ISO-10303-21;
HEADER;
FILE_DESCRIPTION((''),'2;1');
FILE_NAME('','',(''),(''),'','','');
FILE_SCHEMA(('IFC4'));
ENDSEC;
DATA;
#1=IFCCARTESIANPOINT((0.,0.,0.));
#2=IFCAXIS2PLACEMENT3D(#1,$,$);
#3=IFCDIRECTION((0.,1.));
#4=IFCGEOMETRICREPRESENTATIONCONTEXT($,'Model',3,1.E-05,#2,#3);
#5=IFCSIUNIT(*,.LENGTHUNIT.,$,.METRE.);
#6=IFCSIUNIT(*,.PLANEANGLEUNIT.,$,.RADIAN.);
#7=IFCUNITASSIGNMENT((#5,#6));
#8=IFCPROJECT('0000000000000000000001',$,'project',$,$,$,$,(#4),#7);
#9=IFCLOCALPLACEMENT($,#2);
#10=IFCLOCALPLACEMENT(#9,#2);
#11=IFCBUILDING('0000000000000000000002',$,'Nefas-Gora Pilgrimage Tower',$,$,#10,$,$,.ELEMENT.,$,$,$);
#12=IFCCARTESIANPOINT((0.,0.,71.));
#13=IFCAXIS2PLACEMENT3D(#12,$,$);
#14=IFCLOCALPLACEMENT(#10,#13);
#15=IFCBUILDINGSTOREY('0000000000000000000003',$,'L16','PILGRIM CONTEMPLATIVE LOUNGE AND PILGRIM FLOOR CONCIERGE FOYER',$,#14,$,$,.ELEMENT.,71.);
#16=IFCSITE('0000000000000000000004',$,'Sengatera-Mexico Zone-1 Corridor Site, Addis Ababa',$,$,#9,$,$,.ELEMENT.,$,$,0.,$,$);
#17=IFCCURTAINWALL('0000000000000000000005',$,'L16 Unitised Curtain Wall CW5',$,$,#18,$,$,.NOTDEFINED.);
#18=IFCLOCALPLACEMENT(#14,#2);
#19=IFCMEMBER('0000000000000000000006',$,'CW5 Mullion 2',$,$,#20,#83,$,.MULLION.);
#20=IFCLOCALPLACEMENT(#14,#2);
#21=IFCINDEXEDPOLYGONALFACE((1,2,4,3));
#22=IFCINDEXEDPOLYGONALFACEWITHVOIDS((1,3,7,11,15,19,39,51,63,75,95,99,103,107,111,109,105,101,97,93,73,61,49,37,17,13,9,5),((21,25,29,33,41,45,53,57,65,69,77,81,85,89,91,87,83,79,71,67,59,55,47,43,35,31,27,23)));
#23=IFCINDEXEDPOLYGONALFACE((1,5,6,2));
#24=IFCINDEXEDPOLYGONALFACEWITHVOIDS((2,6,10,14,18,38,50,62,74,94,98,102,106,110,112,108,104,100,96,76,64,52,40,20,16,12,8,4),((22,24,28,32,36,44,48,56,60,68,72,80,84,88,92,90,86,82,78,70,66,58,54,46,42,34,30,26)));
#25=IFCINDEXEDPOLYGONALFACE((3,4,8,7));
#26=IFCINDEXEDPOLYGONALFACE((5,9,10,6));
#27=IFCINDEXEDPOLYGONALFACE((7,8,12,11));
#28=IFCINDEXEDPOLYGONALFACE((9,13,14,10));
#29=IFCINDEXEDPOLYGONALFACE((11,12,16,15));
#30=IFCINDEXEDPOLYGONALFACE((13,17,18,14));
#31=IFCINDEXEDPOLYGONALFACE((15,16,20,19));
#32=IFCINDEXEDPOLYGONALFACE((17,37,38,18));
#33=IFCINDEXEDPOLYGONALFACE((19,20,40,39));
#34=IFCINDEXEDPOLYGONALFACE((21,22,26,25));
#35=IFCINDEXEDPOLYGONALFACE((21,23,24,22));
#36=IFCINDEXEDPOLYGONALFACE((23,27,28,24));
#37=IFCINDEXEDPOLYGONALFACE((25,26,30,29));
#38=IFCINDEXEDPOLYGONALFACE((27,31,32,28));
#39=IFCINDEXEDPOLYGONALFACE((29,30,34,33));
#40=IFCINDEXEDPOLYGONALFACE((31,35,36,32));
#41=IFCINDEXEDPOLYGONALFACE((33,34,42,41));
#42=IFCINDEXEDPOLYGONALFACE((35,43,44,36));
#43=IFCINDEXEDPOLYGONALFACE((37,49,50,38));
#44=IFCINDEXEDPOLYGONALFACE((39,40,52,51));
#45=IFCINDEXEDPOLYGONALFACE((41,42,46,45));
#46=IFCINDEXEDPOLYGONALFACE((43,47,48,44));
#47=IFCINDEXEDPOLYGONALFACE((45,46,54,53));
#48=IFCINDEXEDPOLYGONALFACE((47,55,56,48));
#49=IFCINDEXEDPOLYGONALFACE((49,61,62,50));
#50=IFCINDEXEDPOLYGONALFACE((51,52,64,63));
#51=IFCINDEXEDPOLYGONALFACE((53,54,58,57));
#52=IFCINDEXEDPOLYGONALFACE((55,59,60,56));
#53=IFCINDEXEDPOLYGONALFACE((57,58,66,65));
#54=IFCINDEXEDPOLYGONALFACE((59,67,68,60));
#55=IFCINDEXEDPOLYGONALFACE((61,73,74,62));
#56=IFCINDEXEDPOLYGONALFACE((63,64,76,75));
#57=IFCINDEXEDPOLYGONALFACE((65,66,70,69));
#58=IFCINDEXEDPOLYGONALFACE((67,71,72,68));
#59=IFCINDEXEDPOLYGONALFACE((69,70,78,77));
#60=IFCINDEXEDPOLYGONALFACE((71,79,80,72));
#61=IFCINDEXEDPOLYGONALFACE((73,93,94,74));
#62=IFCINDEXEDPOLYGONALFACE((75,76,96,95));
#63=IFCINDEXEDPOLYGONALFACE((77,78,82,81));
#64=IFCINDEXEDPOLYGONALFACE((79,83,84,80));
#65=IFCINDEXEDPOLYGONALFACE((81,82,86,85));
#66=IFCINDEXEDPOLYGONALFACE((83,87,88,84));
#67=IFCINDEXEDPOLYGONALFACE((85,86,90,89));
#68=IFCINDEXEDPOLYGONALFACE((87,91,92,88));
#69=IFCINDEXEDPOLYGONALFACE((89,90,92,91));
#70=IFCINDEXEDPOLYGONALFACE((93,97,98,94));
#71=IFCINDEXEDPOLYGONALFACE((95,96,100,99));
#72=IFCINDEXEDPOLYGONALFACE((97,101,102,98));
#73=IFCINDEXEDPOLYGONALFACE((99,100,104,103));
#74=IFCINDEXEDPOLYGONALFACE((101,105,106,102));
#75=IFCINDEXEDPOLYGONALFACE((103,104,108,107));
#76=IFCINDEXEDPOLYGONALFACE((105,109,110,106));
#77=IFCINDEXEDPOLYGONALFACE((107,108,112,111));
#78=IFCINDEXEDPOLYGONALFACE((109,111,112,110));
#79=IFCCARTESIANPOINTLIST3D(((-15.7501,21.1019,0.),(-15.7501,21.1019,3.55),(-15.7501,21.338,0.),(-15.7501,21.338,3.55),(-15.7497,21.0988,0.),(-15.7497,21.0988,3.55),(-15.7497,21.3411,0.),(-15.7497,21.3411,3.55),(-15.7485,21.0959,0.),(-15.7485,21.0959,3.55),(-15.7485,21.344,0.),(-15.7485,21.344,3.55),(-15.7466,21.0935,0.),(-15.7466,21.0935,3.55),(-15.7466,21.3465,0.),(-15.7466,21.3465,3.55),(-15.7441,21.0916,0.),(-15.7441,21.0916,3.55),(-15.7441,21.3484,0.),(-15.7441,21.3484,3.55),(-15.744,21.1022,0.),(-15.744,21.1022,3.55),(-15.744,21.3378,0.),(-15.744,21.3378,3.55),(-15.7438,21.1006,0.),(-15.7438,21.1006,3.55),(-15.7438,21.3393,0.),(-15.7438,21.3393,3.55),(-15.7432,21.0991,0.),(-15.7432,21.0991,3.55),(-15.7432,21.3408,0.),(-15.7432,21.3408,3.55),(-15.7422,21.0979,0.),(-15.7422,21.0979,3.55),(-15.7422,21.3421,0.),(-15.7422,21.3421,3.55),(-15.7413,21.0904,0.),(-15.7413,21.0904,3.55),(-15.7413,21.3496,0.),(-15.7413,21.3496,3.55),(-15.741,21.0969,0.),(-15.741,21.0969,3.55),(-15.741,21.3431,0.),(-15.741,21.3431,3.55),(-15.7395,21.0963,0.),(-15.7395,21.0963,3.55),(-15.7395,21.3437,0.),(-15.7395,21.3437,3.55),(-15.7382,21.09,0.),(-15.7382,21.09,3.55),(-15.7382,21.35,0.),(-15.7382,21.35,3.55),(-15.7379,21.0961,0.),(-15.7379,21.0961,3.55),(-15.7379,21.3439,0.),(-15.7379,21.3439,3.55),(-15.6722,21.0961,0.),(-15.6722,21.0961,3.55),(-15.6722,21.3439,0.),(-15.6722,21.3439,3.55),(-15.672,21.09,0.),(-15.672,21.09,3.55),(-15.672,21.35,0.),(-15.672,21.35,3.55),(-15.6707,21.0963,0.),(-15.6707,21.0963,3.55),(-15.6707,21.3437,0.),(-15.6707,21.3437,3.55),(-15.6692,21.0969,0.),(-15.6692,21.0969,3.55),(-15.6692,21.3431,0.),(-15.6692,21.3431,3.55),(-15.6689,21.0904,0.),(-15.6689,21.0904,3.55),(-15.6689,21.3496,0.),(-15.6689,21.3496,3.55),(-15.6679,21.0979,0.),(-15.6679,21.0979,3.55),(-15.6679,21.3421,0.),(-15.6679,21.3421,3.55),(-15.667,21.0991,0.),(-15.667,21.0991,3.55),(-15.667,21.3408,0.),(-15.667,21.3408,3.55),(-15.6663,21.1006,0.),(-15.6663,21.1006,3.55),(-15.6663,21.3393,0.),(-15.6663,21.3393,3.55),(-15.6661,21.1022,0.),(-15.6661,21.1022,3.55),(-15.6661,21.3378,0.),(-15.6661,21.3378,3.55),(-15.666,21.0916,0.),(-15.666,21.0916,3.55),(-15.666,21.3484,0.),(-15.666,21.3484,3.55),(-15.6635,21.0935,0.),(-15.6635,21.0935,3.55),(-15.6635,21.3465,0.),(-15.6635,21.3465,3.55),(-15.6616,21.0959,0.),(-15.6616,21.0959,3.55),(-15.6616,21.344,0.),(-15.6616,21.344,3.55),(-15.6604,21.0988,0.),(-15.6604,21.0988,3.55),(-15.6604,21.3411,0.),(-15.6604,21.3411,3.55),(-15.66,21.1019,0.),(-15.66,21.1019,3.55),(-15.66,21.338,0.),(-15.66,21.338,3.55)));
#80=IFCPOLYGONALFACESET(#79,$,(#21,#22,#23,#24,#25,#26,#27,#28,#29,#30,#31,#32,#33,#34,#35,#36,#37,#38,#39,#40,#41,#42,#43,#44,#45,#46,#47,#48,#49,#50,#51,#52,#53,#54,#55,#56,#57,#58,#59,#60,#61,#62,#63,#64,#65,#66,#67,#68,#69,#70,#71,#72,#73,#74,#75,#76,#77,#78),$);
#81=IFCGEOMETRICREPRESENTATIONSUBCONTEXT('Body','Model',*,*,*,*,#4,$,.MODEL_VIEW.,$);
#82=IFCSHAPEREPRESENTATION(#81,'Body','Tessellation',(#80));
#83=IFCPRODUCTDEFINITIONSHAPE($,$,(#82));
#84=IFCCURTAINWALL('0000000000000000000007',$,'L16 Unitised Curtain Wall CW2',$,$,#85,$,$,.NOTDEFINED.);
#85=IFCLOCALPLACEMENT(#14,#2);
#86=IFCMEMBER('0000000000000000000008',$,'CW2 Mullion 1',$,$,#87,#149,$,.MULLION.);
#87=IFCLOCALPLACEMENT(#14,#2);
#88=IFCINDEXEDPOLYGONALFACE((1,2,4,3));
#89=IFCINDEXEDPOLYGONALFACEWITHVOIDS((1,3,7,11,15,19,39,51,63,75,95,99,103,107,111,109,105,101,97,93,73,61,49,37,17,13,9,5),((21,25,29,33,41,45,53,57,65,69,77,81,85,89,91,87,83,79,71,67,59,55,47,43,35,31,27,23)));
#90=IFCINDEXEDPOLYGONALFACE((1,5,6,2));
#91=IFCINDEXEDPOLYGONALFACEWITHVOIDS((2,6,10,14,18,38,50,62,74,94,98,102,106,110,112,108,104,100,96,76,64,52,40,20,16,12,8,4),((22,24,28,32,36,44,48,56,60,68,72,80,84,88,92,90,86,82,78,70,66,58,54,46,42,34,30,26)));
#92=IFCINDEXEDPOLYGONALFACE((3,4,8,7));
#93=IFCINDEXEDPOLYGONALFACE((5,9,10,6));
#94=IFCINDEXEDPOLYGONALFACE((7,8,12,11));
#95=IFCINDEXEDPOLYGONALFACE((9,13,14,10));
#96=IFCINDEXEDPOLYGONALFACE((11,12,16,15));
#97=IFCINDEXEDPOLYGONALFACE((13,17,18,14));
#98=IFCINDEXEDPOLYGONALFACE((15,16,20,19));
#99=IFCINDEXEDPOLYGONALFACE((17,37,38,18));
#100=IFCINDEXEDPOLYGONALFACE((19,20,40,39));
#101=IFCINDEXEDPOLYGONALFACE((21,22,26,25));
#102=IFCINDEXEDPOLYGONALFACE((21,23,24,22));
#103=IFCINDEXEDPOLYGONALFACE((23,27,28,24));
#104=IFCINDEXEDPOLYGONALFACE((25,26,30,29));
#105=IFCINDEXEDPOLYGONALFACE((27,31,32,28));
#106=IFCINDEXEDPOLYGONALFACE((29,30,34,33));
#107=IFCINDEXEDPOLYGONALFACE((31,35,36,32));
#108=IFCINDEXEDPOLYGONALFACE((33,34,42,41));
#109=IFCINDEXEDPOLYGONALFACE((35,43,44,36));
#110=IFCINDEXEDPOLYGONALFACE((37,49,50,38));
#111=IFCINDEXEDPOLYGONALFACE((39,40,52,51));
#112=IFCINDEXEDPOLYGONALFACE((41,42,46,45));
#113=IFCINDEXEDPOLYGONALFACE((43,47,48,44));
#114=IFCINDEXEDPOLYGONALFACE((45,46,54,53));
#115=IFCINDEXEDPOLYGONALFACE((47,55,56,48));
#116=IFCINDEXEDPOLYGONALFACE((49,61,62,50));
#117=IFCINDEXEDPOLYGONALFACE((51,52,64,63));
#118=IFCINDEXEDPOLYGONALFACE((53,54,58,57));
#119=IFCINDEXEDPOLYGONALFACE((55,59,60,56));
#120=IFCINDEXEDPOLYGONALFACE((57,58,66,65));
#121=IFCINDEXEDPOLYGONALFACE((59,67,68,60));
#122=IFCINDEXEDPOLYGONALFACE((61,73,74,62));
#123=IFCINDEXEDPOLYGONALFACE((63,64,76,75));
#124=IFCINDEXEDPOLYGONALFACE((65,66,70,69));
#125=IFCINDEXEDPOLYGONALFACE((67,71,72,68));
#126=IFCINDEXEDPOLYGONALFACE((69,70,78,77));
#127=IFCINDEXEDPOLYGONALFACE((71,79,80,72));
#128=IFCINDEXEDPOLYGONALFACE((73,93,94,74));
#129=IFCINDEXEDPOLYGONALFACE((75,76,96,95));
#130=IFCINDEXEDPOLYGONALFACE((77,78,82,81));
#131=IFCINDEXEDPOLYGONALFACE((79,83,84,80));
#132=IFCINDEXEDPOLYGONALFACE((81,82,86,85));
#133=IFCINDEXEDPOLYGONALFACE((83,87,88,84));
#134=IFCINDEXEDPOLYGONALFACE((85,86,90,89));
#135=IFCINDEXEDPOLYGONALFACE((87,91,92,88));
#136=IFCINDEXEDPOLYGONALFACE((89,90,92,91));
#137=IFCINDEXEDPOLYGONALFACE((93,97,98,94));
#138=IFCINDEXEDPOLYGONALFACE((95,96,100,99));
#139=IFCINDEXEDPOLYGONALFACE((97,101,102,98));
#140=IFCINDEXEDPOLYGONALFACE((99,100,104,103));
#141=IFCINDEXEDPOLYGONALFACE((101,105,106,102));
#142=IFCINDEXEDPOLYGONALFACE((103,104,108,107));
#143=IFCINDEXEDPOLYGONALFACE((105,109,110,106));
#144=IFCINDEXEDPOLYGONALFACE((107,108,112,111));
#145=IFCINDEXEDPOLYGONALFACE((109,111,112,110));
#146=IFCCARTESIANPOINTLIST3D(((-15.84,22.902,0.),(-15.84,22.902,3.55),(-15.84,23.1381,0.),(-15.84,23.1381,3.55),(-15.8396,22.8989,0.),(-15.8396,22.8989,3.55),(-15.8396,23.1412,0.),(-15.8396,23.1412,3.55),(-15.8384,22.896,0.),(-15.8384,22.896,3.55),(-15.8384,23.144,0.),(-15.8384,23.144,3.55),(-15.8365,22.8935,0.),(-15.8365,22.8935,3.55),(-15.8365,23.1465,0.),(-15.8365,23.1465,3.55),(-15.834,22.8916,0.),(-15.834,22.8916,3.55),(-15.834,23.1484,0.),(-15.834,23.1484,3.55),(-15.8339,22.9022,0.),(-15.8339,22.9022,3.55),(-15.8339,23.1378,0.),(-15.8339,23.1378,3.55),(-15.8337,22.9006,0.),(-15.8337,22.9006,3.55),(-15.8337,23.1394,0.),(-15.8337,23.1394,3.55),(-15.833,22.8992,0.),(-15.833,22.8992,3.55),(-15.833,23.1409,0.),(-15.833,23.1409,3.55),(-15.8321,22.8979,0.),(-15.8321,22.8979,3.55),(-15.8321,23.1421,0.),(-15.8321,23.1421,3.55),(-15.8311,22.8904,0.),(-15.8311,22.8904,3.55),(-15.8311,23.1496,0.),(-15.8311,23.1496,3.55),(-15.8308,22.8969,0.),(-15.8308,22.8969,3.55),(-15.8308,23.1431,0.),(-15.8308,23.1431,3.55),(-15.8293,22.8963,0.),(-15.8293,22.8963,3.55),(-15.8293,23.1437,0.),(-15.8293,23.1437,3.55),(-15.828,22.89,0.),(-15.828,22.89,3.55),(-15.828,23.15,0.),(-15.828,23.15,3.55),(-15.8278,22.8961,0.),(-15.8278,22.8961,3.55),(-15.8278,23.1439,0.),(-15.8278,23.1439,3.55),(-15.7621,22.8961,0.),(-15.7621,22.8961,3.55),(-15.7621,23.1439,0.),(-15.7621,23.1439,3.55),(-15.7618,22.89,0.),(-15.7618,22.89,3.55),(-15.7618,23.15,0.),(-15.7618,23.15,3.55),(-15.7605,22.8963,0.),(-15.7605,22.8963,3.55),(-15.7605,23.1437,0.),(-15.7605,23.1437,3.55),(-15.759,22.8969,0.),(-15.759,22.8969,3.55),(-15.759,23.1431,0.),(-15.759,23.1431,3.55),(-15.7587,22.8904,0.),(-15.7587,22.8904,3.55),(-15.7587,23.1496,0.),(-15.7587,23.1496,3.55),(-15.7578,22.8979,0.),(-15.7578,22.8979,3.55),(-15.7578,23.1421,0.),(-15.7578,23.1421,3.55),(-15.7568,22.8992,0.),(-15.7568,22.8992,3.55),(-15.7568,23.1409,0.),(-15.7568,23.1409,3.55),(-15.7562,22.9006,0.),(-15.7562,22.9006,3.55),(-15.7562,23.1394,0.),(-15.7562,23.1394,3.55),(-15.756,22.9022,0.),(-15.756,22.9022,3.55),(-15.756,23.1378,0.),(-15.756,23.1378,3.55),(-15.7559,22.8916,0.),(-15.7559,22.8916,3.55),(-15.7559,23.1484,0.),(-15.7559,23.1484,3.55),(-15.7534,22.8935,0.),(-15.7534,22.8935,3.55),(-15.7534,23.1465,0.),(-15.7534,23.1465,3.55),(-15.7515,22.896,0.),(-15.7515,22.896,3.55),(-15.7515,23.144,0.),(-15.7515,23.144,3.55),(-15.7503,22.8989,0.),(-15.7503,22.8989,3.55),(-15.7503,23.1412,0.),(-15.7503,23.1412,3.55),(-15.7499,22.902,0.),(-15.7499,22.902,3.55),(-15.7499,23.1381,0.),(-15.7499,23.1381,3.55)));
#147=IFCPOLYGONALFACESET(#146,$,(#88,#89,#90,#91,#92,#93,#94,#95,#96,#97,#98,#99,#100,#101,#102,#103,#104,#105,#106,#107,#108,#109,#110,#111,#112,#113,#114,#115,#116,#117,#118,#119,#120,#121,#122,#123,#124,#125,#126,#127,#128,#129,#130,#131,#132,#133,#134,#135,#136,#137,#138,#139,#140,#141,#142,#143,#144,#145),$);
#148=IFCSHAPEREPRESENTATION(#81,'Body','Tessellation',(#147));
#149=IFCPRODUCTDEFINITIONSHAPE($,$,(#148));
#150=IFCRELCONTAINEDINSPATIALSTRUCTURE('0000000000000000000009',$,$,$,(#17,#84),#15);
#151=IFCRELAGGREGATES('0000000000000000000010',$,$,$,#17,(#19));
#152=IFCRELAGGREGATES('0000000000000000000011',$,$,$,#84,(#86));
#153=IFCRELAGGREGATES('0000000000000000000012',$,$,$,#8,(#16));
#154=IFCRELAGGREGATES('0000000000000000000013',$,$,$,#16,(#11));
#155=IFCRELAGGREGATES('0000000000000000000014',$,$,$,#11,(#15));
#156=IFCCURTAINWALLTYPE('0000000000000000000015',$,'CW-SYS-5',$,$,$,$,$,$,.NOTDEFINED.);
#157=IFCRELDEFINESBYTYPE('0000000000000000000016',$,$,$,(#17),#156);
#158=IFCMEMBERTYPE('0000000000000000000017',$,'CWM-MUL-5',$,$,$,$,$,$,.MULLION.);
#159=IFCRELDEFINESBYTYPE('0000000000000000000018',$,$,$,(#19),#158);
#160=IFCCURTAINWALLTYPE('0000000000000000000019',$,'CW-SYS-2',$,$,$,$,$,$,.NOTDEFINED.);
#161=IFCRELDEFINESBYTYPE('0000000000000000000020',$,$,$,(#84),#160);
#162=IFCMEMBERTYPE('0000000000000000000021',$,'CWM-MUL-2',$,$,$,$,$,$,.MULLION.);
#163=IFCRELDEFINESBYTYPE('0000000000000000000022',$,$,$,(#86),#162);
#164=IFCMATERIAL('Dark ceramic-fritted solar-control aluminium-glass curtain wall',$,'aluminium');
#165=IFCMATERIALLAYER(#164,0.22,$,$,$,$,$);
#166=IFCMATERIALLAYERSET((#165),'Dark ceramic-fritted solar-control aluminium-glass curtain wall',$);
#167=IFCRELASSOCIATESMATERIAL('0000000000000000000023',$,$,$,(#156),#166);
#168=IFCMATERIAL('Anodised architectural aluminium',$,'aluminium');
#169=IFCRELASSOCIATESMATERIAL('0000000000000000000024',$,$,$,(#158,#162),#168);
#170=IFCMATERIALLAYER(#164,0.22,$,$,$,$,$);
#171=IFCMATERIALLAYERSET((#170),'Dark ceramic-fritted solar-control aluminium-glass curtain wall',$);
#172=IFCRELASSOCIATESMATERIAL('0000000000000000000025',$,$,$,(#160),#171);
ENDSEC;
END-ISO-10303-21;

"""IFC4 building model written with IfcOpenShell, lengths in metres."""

from ifc_helpers import new_model, si_unit, direction, frame, origin, origin_2d, place, context, subcontext, project, spatial, hollow_rectangle, extrude, source, transform, mapped, material, layer, layer_set, material_profile, profile_set, type_object, element, aggregate, save


model = new_model("IFC4")

# Units and contexts
model_context = context("Model", 3, precision=1e-05, world=origin(), true_north=direction((0.0, 1.0)))
body_context = subcontext(model_context, "Body", "Model", "MODEL_VIEW")
ifc_project = project(units=[si_unit("LENGTHUNIT", "METRE"), si_unit("PLANEANGLEUNIT", "RADIAN")], contexts=[model_context])

# Site, building, storey
site_placement = place(None, origin())
site = spatial("IfcSite", under=ifc_project, at=site_placement, Name="Sengatera-Mexico Zone-1 Corridor Site, Addis Ababa", CompositionType="ELEMENT", RefElevation=0.0)
building_placement = place(site_placement, origin())
building = spatial("IfcBuilding", under=site, at=building_placement, Name="Nefas-Gora Pilgrimage Tower", CompositionType="ELEMENT")
storey_placement = place(building_placement, frame((0.0, 0.0, 71.0)))
storey = spatial("IfcBuildingStorey", under=building, at=storey_placement, Name="L16", Description="PILGRIM CONTEMPLATIVE LOUNGE AND PILGRIM FLOOR CONCIERGE FOYER", CompositionType="ELEMENT", Elevation=71.0)

# Curtain wall, member
ifc_material_1 = material(Name="Dark ceramic-fritted solar-control aluminium-glass curtain wall", Category="aluminium")
ifc_layer_1 = layer(ifc_material_1, 0.22)
ifc_layer_set_1 = layer_set([ifc_layer_1], Name="Dark ceramic-fritted solar-control aluminium-glass curtain wall")
curtain_wall_type_1 = type_object("IfcCurtainWallType", Name="CW-SYS-5", PredefinedType="NOTDEFINED", material=ifc_layer_set_1)
curtain_wall_1_placement = place(storey_placement, origin())
curtain_wall_1 = element("IfcCurtainWall", 1, at=curtain_wall_1_placement, inside=storey, type_object=curtain_wall_type_1, Name="L16 Unitised Curtain Wall CW5", PredefinedType="NOTDEFINED")
ifc_material_2 = material(Name="Anodised architectural aluminium", Category="aluminium")
ifc_material_profile_1 = material_profile(ifc_material_2, hollow_rectangle(XDim=0.0901, YDim=0.26, WallThickness=0.0061, InnerFilletRadius=0.0061, OuterFilletRadius=0.012, at=origin_2d()), Name="ALU MULLION 90x260")
ifc_profile_set_1 = profile_set([ifc_material_profile_1], Name="Anodised architectural aluminium")
member_type_1 = type_object("IfcMemberType", Name="CWM-MUL-5", PredefinedType="MULLION", material=ifc_profile_set_1)
shared_shape_1 = source(origin(), body_context, "Body", "SweptSolid", [
    extrude(hollow_rectangle(XDim=0.0901, YDim=0.26, WallThickness=0.0061, InnerFilletRadius=0.0061, OuterFilletRadius=0.012, at=origin_2d()), origin(), (0.0, 0.0, 1.0), 3.55),
])
member_1_placement = place(storey_placement, frame((-15.7051, 21.22, 0.0), z_axis=(0.0, 0.0, 1.0), x_axis=(-1.0, 0.0, 0.0)))
member_1 = element("IfcMember", 2, at=member_1_placement, type_object=member_type_1, Name="CW5 Mullion 2", PredefinedType="MULLION", context=body_context, shape_type="MappedRepresentation", body=[
    mapped(shared_shape_1, transform((0.0, 0.0, 0.0), x_axis=(1.0, 0.0, 0.0), y_axis=(0.0, 1.0, 0.0), z_axis=(0.0, 0.0, 1.0), scale=1.0)),
])

# Curtain wall, member
ifc_layer_2 = layer(ifc_material_1, 0.22)
ifc_layer_set_2 = layer_set([ifc_layer_2], Name="Dark ceramic-fritted solar-control aluminium-glass curtain wall")
curtain_wall_type_2 = type_object("IfcCurtainWallType", Name="CW-SYS-2", PredefinedType="NOTDEFINED", material=ifc_layer_set_2)
curtain_wall_2_placement = place(storey_placement, origin())
curtain_wall_2 = element("IfcCurtainWall", 3, at=curtain_wall_2_placement, inside=storey, type_object=curtain_wall_type_2, Name="L16 Unitised Curtain Wall CW2", PredefinedType="NOTDEFINED")
ifc_material_profile_2 = material_profile(ifc_material_2, hollow_rectangle(XDim=0.0901, YDim=0.26, WallThickness=0.0061, InnerFilletRadius=0.0061, OuterFilletRadius=0.012, at=origin_2d()), Name="ALU MULLION 90x260")
ifc_profile_set_2 = profile_set([ifc_material_profile_2], Name="Anodised architectural aluminium")
member_type_2 = type_object("IfcMemberType", Name="CWM-MUL-2", PredefinedType="MULLION", material=ifc_profile_set_2)
shared_shape_2 = source(origin(), body_context, "Body", "SweptSolid", [
    extrude(hollow_rectangle(XDim=0.0901, YDim=0.26, WallThickness=0.0061, InnerFilletRadius=0.0061, OuterFilletRadius=0.012, at=origin_2d()), origin(), (0.0, 0.0, 1.0), 3.55),
])
member_2_placement = place(storey_placement, frame((-15.7949, 23.02, 0.0), z_axis=(0.0, 0.0, 1.0), x_axis=(-1.0, 0.0, 0.0)))
member_2 = element("IfcMember", 4, at=member_2_placement, type_object=member_type_2, Name="CW2 Mullion 1", PredefinedType="MULLION", context=body_context, shape_type="MappedRepresentation", body=[
    mapped(shared_shape_2, transform((0.0, 0.0, 0.0), x_axis=(1.0, 0.0, 0.0), y_axis=(0.0, 1.0, 0.0), z_axis=(0.0, 0.0, 1.0), scale=1.0)),
])

aggregate(curtain_wall_1, [member_1])
aggregate(curtain_wall_2, [member_2])

save(model, "model.ifc")
